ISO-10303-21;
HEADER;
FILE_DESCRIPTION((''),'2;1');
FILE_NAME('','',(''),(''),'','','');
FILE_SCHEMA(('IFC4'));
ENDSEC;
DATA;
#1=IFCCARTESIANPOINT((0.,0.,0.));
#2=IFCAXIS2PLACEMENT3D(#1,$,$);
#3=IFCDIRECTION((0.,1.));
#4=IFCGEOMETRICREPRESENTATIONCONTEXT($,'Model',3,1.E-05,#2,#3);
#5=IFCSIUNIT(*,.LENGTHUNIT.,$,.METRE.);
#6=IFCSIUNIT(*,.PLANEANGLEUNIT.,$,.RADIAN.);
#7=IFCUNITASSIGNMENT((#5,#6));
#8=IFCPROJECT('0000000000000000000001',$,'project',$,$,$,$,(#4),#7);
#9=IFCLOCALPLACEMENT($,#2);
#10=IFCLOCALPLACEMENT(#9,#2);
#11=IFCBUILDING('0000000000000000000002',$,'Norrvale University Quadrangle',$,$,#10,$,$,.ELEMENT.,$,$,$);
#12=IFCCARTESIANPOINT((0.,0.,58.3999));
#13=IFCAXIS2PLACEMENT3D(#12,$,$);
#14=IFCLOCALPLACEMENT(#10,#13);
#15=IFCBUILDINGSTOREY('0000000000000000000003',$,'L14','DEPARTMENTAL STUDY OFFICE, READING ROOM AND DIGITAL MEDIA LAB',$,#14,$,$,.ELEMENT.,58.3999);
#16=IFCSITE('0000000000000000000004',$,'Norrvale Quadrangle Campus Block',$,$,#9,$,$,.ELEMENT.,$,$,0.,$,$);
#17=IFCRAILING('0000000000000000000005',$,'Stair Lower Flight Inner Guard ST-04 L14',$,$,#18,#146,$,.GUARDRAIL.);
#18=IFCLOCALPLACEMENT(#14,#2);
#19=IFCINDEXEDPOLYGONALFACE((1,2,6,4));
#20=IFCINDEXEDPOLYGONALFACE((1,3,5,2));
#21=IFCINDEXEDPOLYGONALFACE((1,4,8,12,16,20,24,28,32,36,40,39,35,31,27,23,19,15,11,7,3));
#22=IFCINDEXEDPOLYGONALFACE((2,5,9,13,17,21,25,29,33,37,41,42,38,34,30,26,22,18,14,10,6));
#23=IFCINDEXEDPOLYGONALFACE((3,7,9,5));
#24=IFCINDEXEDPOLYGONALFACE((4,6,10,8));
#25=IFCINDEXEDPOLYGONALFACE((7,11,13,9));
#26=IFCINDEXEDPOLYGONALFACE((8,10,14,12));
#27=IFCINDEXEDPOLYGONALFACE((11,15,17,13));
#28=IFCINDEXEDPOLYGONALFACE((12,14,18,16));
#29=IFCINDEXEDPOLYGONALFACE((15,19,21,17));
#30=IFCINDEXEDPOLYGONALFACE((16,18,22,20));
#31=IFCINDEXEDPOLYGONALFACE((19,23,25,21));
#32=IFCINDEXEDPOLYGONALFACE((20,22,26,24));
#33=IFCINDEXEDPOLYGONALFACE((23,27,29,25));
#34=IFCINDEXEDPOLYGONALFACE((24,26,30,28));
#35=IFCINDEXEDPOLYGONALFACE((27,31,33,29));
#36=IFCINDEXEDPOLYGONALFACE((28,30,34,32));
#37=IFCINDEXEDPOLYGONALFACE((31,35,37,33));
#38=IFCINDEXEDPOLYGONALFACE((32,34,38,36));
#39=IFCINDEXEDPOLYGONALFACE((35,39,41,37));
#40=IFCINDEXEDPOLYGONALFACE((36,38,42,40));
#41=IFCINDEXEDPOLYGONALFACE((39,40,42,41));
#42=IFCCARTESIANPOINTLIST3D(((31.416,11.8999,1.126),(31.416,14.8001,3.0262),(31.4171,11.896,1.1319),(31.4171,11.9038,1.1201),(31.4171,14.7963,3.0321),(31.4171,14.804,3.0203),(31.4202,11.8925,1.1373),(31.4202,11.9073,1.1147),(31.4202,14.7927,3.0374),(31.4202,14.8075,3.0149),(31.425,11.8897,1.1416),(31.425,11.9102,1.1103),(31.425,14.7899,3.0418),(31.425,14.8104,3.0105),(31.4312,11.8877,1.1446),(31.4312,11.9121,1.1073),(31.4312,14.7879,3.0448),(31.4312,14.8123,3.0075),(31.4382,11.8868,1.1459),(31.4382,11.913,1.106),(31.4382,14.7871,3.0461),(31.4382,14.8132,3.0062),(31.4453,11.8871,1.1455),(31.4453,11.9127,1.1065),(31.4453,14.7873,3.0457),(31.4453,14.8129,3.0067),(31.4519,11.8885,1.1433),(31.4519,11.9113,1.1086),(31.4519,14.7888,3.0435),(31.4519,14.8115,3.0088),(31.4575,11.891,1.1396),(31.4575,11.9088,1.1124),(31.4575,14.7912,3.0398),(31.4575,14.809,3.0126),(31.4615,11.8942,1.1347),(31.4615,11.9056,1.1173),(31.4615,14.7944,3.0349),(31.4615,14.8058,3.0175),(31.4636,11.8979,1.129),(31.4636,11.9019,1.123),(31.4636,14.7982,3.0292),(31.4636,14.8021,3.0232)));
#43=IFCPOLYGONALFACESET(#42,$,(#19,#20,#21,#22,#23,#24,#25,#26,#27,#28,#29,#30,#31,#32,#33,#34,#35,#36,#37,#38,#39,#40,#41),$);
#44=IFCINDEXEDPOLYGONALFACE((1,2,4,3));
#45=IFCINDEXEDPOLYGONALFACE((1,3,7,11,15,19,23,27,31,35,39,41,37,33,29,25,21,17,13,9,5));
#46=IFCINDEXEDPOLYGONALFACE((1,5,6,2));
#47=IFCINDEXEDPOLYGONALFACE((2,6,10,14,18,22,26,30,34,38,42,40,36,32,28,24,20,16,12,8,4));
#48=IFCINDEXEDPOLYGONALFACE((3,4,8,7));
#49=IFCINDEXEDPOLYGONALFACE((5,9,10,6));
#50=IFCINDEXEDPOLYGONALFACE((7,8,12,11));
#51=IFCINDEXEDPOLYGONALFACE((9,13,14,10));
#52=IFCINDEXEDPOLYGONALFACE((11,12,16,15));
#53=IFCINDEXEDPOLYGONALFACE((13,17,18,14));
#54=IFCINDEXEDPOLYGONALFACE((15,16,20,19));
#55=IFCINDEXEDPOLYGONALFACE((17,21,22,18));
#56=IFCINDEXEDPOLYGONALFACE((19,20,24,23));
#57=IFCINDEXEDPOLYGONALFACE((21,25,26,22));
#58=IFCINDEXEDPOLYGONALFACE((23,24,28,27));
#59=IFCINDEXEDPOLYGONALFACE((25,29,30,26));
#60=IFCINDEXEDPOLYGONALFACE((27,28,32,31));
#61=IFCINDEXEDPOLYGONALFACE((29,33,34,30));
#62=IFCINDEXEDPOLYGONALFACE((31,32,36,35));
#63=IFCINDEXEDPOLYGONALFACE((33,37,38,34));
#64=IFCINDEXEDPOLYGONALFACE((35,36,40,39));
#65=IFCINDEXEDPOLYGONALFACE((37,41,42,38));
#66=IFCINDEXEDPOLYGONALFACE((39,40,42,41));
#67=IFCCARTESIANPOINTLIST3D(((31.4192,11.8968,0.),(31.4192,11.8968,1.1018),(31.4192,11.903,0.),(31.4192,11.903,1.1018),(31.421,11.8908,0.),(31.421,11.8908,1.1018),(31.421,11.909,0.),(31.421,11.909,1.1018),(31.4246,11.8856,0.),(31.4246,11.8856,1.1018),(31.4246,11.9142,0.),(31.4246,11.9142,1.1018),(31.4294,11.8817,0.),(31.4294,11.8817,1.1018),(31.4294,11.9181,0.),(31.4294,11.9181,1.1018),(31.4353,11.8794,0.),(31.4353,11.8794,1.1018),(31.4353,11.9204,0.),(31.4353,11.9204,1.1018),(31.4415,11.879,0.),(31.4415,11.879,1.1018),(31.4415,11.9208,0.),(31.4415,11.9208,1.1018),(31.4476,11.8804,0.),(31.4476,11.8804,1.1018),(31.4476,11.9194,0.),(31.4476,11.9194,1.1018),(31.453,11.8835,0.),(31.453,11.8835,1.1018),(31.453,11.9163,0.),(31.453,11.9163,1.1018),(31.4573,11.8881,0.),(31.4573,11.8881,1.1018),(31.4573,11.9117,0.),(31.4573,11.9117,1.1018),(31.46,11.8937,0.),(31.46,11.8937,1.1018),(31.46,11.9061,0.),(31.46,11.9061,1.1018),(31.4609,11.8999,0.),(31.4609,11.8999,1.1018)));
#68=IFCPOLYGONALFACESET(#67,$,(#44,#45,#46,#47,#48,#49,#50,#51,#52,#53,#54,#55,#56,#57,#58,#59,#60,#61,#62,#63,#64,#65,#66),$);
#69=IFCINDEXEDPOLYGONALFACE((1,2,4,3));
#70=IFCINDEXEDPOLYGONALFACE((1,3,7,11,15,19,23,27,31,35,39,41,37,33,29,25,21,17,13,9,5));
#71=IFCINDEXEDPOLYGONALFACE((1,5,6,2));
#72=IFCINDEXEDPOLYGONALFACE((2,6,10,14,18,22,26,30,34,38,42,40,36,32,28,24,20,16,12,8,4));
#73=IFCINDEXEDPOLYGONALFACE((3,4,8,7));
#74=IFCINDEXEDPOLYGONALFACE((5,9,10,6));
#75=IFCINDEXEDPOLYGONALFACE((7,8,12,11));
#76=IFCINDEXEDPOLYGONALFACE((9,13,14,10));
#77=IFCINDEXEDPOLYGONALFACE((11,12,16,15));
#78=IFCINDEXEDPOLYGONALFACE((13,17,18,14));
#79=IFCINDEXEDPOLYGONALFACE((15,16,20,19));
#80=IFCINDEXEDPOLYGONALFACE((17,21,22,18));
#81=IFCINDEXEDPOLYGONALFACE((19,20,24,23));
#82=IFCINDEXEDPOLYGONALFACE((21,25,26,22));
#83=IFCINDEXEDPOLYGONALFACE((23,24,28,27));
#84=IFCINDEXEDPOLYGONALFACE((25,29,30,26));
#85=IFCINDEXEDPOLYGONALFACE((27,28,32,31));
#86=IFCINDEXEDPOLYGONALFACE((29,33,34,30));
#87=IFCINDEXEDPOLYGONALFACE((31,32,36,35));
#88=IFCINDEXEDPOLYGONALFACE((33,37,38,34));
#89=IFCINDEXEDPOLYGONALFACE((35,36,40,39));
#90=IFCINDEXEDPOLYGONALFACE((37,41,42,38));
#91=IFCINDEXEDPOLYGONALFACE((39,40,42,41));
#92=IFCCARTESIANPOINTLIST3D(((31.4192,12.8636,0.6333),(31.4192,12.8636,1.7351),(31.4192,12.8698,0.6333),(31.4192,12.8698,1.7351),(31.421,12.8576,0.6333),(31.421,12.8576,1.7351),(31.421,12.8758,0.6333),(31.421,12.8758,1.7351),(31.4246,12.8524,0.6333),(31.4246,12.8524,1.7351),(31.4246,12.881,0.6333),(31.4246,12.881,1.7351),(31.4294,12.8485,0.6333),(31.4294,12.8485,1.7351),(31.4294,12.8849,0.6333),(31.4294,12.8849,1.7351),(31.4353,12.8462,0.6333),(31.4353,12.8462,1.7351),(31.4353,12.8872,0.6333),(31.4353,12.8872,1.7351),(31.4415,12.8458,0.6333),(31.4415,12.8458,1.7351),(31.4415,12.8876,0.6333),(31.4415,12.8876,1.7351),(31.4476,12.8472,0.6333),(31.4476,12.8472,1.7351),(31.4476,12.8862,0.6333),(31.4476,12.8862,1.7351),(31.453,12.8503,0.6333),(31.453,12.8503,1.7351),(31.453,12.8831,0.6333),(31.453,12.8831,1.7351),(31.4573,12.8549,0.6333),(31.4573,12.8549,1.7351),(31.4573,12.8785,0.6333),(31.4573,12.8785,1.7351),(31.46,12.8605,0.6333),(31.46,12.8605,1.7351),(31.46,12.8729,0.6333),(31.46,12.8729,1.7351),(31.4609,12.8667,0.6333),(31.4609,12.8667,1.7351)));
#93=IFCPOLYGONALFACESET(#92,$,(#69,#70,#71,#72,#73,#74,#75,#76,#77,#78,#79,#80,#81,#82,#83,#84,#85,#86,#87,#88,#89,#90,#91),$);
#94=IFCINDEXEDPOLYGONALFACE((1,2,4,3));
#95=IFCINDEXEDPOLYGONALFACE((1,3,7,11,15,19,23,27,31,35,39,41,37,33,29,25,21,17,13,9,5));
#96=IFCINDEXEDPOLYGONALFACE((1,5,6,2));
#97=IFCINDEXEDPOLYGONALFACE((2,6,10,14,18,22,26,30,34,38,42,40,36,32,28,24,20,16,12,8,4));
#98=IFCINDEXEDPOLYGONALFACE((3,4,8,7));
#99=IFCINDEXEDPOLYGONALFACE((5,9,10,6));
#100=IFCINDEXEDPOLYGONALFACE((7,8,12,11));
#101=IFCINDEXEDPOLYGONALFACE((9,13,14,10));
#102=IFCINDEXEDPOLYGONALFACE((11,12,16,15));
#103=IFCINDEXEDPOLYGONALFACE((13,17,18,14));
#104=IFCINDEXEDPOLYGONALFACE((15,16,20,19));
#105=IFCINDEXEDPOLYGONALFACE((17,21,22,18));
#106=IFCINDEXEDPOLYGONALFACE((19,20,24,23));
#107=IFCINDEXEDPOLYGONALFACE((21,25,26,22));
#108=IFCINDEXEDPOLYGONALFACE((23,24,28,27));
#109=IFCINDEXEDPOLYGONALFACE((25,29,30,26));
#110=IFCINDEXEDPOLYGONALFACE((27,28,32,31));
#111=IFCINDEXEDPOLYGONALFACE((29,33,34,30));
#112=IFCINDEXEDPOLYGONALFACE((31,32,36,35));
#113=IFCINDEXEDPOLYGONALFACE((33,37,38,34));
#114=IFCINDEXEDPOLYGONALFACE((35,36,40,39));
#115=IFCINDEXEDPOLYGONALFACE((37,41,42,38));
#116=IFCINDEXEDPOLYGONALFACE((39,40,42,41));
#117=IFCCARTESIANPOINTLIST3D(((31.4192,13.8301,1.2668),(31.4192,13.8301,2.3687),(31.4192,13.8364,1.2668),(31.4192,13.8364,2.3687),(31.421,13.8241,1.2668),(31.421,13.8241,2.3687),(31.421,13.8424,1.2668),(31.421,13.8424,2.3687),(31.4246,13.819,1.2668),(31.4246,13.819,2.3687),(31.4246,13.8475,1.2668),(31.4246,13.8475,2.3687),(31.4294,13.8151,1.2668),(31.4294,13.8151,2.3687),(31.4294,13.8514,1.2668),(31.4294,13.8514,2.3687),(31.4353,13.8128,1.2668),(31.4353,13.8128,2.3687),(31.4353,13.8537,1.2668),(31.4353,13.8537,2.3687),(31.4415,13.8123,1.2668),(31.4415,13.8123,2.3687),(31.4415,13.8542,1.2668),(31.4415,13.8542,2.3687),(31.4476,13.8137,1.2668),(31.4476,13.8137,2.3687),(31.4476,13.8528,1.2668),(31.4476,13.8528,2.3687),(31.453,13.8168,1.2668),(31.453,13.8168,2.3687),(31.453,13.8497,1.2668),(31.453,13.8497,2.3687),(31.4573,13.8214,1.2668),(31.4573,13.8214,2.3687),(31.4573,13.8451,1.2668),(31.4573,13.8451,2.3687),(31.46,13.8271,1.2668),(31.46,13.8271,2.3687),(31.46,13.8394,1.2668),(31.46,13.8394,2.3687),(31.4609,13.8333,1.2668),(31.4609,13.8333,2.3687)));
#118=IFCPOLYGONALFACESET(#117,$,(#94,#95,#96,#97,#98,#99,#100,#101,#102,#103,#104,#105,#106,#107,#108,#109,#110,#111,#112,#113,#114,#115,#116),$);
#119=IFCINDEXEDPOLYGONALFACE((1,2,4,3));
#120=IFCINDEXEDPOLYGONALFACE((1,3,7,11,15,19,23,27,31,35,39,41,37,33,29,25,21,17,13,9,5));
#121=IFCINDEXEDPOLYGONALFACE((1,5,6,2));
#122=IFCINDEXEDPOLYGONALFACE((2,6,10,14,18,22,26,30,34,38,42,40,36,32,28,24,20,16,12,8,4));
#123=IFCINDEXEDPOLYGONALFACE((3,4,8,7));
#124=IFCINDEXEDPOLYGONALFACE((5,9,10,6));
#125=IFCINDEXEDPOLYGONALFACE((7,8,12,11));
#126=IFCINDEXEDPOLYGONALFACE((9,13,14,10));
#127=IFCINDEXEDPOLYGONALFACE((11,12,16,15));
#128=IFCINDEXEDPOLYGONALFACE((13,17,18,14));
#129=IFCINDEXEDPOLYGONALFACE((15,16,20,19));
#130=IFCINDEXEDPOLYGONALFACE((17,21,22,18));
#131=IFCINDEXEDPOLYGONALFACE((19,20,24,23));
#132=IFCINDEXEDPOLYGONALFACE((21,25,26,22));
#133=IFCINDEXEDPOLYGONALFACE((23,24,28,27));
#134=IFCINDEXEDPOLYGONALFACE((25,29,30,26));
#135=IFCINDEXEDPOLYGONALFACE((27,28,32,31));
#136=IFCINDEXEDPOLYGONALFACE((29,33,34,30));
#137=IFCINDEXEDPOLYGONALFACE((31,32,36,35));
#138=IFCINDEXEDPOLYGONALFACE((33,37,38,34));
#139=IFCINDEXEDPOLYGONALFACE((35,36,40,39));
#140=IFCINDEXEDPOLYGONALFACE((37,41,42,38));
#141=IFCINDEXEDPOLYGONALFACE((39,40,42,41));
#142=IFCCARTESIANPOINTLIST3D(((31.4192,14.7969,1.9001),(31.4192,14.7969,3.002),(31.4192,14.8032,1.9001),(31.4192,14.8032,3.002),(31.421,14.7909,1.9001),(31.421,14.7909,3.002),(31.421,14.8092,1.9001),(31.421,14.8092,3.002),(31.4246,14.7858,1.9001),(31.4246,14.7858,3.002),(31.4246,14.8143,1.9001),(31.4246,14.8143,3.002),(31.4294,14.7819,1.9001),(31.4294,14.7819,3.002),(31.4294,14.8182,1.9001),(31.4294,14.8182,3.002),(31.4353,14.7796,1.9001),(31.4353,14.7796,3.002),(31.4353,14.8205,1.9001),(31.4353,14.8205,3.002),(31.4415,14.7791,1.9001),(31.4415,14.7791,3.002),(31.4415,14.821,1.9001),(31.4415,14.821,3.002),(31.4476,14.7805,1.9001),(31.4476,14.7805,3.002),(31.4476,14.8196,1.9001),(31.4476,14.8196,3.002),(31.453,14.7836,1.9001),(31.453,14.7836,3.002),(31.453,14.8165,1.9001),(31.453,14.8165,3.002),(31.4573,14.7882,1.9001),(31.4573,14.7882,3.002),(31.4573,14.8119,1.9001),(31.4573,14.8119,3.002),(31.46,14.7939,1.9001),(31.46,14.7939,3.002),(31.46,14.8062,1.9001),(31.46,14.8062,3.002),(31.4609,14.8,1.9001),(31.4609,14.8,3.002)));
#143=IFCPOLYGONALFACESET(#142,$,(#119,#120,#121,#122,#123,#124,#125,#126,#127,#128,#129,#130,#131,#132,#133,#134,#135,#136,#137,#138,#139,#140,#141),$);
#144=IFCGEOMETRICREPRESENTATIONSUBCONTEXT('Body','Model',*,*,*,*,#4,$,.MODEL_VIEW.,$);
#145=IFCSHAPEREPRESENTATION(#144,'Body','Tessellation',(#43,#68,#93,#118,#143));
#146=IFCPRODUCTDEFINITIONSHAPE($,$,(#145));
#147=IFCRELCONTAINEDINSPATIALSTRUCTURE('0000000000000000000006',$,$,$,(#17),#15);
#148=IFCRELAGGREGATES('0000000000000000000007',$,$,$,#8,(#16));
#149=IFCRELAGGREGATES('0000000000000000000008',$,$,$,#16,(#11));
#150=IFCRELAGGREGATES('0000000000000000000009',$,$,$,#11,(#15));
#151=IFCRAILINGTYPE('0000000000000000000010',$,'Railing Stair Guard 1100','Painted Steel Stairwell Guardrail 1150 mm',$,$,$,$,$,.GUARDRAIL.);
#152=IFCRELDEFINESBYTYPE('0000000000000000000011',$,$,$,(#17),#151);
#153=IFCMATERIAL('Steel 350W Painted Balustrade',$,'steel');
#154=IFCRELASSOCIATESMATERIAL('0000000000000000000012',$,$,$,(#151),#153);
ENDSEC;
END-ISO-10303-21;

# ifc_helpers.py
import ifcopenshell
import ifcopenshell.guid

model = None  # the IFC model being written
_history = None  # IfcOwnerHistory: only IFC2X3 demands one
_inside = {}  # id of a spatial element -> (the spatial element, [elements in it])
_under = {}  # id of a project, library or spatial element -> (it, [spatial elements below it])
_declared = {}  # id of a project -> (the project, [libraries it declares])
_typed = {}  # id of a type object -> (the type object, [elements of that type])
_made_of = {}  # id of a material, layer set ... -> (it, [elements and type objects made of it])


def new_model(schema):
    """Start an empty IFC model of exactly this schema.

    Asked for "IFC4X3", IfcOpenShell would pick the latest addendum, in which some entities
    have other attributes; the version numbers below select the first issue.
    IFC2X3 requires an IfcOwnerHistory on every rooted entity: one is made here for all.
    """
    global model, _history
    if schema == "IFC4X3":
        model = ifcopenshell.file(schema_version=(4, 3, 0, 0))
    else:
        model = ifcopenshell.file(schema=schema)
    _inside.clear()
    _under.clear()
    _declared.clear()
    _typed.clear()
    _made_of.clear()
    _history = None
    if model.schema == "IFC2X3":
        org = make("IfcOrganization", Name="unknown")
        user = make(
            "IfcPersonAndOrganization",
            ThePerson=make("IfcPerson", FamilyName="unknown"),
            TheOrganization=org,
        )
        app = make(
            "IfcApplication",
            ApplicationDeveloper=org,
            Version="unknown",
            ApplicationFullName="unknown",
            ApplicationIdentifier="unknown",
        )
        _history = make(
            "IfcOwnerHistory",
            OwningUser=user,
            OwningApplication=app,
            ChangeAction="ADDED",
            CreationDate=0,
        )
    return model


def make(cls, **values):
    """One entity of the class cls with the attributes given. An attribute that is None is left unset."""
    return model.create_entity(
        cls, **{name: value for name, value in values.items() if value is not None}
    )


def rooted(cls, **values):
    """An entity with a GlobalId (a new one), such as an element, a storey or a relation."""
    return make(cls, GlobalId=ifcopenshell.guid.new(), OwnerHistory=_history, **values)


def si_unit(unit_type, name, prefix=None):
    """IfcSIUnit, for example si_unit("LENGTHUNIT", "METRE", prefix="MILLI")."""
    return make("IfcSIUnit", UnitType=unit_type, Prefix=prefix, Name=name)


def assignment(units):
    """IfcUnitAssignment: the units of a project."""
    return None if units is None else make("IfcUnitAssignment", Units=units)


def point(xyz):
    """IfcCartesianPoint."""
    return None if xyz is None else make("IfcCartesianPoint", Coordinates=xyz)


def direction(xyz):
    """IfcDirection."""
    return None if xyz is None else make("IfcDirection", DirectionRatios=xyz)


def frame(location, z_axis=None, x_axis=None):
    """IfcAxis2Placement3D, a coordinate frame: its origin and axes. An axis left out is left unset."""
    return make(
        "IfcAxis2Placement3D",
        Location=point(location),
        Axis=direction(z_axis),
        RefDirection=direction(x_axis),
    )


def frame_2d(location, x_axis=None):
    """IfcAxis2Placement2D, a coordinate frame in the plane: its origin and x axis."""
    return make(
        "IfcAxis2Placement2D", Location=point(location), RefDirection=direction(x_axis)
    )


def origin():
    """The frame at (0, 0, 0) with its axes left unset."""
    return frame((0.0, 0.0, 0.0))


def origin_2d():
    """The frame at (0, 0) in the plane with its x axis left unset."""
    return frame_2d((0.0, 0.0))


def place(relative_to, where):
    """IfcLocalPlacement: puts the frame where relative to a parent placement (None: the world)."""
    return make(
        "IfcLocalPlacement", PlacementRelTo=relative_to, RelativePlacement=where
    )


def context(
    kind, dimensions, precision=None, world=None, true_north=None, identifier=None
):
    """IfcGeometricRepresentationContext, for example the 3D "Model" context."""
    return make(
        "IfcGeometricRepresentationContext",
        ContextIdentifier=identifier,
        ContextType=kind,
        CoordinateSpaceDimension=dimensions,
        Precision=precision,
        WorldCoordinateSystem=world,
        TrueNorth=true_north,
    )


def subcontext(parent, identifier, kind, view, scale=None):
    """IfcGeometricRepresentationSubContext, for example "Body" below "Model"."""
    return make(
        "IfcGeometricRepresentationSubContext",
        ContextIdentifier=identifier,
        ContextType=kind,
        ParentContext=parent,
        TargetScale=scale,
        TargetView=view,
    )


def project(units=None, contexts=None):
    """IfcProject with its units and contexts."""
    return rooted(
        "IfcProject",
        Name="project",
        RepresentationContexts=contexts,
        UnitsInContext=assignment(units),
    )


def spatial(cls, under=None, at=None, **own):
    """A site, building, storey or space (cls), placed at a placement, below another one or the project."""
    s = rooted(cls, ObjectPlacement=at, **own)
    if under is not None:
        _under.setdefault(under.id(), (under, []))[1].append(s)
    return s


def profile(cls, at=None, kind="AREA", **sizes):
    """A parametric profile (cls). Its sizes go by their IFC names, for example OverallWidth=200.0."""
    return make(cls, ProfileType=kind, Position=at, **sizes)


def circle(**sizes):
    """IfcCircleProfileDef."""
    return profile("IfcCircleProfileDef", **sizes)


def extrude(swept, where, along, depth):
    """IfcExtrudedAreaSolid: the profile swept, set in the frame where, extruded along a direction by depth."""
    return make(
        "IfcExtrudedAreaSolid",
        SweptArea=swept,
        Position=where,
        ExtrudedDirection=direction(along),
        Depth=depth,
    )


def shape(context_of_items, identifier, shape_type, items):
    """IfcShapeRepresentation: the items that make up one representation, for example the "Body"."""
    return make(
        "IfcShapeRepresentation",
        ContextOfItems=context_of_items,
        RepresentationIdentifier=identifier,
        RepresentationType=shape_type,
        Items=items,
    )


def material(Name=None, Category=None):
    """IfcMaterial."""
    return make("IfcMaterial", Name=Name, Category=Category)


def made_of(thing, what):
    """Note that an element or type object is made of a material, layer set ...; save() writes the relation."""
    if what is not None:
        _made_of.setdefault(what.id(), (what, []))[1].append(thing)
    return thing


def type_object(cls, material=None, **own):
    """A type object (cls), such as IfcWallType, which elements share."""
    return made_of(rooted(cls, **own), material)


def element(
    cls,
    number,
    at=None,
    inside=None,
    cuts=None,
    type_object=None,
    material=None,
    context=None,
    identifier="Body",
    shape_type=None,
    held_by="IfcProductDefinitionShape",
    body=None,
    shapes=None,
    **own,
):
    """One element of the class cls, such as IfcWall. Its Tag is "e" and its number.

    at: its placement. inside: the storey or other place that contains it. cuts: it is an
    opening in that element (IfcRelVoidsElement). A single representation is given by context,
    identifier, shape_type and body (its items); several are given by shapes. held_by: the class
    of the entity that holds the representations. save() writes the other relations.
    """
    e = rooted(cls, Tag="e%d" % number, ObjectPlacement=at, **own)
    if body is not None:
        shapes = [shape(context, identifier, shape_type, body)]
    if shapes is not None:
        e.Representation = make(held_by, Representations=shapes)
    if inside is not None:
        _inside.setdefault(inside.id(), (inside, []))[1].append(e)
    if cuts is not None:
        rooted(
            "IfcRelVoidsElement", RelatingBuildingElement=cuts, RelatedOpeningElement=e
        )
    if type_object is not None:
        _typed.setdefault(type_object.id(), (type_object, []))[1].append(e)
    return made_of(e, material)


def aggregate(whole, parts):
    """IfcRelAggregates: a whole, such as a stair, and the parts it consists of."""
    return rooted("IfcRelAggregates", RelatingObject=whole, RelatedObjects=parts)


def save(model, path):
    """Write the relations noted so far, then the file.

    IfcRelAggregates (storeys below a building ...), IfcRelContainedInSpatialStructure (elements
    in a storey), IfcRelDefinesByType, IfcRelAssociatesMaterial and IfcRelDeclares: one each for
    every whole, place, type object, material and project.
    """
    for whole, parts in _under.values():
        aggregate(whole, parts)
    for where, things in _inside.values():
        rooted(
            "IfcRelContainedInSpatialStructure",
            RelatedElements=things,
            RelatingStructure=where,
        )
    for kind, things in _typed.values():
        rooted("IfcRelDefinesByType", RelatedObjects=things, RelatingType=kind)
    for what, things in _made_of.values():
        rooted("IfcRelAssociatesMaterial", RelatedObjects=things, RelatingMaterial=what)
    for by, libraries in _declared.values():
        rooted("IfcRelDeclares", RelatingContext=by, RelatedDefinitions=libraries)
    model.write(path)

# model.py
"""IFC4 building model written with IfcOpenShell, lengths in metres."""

from ifc_helpers import new_model, si_unit, direction, frame, origin, origin_2d, place, context, subcontext, project, spatial, circle, extrude, material, type_object, element, save


model = new_model("IFC4")

# Units and contexts
model_context = context("Model", 3, precision=1e-05, world=origin(), true_north=direction((0.0, 1.0)))
body_context = subcontext(model_context, "Body", "Model", "MODEL_VIEW")
ifc_project = project(units=[si_unit("LENGTHUNIT", "METRE"), si_unit("PLANEANGLEUNIT", "RADIAN")], contexts=[model_context])

# Site, building, storey
site_placement = place(None, origin())
site = spatial("IfcSite", under=ifc_project, at=site_placement, Name="Norrvale Quadrangle Campus Block", CompositionType="ELEMENT", RefElevation=0.0)
building_placement = place(site_placement, origin())
building = spatial("IfcBuilding", under=site, at=building_placement, Name="Norrvale University Quadrangle", CompositionType="ELEMENT")
storey_placement = place(building_placement, frame((0.0, 0.0, 58.3999)))
storey = spatial("IfcBuildingStorey", under=building, at=storey_placement, Name="L14", Description="DEPARTMENTAL STUDY OFFICE, READING ROOM AND DIGITAL MEDIA LAB", CompositionType="ELEMENT", Elevation=58.3999)

# Railing
ifc_material_1 = material(Name="Steel 350W Painted Balustrade", Category="steel")
railing_type_1 = type_object("IfcRailingType", Name="Railing Stair Guard 1100", Description="Painted Steel Stairwell Guardrail 1150 mm", PredefinedType="GUARDRAIL", material=ifc_material_1)
railing_1_placement = place(storey_placement, frame((31.4399, 11.8999, 0.0)))
element("IfcRailing", 1, at=railing_1_placement, inside=storey, type_object=railing_type_1, Name="Stair Lower Flight Inner Guard ST-04 L14", PredefinedType="GUARDRAIL", context=body_context, shape_type="SweptSolid", body=[
    extrude(circle(Radius=0.0239, at=origin_2d()), frame((0.0, 0.0, 1.126), z_axis=(0.0, 0.836454, 0.548036), x_axis=(-1.0, 0.0, 0.0)), (0.0, 0.0, 1.0), 3.4673),
    extrude(circle(Radius=0.021, at=origin_2d()), origin(), (0.0, 0.0, 1.0), 1.1018),
    extrude(circle(Radius=0.021, at=origin_2d()), frame((0.0, 0.9668, 0.6333)), (0.0, 0.0, 1.0), 1.1018),
    extrude(circle(Radius=0.021, at=origin_2d()), frame((0.0, 1.9333, 1.2668)), (0.0, 0.0, 1.0), 1.1018),
    extrude(circle(Radius=0.021, at=origin_2d()), frame((0.0, 2.9001, 1.9001)), (0.0, 0.0, 1.0), 1.1018),
])

save(model, "model.ifc")
